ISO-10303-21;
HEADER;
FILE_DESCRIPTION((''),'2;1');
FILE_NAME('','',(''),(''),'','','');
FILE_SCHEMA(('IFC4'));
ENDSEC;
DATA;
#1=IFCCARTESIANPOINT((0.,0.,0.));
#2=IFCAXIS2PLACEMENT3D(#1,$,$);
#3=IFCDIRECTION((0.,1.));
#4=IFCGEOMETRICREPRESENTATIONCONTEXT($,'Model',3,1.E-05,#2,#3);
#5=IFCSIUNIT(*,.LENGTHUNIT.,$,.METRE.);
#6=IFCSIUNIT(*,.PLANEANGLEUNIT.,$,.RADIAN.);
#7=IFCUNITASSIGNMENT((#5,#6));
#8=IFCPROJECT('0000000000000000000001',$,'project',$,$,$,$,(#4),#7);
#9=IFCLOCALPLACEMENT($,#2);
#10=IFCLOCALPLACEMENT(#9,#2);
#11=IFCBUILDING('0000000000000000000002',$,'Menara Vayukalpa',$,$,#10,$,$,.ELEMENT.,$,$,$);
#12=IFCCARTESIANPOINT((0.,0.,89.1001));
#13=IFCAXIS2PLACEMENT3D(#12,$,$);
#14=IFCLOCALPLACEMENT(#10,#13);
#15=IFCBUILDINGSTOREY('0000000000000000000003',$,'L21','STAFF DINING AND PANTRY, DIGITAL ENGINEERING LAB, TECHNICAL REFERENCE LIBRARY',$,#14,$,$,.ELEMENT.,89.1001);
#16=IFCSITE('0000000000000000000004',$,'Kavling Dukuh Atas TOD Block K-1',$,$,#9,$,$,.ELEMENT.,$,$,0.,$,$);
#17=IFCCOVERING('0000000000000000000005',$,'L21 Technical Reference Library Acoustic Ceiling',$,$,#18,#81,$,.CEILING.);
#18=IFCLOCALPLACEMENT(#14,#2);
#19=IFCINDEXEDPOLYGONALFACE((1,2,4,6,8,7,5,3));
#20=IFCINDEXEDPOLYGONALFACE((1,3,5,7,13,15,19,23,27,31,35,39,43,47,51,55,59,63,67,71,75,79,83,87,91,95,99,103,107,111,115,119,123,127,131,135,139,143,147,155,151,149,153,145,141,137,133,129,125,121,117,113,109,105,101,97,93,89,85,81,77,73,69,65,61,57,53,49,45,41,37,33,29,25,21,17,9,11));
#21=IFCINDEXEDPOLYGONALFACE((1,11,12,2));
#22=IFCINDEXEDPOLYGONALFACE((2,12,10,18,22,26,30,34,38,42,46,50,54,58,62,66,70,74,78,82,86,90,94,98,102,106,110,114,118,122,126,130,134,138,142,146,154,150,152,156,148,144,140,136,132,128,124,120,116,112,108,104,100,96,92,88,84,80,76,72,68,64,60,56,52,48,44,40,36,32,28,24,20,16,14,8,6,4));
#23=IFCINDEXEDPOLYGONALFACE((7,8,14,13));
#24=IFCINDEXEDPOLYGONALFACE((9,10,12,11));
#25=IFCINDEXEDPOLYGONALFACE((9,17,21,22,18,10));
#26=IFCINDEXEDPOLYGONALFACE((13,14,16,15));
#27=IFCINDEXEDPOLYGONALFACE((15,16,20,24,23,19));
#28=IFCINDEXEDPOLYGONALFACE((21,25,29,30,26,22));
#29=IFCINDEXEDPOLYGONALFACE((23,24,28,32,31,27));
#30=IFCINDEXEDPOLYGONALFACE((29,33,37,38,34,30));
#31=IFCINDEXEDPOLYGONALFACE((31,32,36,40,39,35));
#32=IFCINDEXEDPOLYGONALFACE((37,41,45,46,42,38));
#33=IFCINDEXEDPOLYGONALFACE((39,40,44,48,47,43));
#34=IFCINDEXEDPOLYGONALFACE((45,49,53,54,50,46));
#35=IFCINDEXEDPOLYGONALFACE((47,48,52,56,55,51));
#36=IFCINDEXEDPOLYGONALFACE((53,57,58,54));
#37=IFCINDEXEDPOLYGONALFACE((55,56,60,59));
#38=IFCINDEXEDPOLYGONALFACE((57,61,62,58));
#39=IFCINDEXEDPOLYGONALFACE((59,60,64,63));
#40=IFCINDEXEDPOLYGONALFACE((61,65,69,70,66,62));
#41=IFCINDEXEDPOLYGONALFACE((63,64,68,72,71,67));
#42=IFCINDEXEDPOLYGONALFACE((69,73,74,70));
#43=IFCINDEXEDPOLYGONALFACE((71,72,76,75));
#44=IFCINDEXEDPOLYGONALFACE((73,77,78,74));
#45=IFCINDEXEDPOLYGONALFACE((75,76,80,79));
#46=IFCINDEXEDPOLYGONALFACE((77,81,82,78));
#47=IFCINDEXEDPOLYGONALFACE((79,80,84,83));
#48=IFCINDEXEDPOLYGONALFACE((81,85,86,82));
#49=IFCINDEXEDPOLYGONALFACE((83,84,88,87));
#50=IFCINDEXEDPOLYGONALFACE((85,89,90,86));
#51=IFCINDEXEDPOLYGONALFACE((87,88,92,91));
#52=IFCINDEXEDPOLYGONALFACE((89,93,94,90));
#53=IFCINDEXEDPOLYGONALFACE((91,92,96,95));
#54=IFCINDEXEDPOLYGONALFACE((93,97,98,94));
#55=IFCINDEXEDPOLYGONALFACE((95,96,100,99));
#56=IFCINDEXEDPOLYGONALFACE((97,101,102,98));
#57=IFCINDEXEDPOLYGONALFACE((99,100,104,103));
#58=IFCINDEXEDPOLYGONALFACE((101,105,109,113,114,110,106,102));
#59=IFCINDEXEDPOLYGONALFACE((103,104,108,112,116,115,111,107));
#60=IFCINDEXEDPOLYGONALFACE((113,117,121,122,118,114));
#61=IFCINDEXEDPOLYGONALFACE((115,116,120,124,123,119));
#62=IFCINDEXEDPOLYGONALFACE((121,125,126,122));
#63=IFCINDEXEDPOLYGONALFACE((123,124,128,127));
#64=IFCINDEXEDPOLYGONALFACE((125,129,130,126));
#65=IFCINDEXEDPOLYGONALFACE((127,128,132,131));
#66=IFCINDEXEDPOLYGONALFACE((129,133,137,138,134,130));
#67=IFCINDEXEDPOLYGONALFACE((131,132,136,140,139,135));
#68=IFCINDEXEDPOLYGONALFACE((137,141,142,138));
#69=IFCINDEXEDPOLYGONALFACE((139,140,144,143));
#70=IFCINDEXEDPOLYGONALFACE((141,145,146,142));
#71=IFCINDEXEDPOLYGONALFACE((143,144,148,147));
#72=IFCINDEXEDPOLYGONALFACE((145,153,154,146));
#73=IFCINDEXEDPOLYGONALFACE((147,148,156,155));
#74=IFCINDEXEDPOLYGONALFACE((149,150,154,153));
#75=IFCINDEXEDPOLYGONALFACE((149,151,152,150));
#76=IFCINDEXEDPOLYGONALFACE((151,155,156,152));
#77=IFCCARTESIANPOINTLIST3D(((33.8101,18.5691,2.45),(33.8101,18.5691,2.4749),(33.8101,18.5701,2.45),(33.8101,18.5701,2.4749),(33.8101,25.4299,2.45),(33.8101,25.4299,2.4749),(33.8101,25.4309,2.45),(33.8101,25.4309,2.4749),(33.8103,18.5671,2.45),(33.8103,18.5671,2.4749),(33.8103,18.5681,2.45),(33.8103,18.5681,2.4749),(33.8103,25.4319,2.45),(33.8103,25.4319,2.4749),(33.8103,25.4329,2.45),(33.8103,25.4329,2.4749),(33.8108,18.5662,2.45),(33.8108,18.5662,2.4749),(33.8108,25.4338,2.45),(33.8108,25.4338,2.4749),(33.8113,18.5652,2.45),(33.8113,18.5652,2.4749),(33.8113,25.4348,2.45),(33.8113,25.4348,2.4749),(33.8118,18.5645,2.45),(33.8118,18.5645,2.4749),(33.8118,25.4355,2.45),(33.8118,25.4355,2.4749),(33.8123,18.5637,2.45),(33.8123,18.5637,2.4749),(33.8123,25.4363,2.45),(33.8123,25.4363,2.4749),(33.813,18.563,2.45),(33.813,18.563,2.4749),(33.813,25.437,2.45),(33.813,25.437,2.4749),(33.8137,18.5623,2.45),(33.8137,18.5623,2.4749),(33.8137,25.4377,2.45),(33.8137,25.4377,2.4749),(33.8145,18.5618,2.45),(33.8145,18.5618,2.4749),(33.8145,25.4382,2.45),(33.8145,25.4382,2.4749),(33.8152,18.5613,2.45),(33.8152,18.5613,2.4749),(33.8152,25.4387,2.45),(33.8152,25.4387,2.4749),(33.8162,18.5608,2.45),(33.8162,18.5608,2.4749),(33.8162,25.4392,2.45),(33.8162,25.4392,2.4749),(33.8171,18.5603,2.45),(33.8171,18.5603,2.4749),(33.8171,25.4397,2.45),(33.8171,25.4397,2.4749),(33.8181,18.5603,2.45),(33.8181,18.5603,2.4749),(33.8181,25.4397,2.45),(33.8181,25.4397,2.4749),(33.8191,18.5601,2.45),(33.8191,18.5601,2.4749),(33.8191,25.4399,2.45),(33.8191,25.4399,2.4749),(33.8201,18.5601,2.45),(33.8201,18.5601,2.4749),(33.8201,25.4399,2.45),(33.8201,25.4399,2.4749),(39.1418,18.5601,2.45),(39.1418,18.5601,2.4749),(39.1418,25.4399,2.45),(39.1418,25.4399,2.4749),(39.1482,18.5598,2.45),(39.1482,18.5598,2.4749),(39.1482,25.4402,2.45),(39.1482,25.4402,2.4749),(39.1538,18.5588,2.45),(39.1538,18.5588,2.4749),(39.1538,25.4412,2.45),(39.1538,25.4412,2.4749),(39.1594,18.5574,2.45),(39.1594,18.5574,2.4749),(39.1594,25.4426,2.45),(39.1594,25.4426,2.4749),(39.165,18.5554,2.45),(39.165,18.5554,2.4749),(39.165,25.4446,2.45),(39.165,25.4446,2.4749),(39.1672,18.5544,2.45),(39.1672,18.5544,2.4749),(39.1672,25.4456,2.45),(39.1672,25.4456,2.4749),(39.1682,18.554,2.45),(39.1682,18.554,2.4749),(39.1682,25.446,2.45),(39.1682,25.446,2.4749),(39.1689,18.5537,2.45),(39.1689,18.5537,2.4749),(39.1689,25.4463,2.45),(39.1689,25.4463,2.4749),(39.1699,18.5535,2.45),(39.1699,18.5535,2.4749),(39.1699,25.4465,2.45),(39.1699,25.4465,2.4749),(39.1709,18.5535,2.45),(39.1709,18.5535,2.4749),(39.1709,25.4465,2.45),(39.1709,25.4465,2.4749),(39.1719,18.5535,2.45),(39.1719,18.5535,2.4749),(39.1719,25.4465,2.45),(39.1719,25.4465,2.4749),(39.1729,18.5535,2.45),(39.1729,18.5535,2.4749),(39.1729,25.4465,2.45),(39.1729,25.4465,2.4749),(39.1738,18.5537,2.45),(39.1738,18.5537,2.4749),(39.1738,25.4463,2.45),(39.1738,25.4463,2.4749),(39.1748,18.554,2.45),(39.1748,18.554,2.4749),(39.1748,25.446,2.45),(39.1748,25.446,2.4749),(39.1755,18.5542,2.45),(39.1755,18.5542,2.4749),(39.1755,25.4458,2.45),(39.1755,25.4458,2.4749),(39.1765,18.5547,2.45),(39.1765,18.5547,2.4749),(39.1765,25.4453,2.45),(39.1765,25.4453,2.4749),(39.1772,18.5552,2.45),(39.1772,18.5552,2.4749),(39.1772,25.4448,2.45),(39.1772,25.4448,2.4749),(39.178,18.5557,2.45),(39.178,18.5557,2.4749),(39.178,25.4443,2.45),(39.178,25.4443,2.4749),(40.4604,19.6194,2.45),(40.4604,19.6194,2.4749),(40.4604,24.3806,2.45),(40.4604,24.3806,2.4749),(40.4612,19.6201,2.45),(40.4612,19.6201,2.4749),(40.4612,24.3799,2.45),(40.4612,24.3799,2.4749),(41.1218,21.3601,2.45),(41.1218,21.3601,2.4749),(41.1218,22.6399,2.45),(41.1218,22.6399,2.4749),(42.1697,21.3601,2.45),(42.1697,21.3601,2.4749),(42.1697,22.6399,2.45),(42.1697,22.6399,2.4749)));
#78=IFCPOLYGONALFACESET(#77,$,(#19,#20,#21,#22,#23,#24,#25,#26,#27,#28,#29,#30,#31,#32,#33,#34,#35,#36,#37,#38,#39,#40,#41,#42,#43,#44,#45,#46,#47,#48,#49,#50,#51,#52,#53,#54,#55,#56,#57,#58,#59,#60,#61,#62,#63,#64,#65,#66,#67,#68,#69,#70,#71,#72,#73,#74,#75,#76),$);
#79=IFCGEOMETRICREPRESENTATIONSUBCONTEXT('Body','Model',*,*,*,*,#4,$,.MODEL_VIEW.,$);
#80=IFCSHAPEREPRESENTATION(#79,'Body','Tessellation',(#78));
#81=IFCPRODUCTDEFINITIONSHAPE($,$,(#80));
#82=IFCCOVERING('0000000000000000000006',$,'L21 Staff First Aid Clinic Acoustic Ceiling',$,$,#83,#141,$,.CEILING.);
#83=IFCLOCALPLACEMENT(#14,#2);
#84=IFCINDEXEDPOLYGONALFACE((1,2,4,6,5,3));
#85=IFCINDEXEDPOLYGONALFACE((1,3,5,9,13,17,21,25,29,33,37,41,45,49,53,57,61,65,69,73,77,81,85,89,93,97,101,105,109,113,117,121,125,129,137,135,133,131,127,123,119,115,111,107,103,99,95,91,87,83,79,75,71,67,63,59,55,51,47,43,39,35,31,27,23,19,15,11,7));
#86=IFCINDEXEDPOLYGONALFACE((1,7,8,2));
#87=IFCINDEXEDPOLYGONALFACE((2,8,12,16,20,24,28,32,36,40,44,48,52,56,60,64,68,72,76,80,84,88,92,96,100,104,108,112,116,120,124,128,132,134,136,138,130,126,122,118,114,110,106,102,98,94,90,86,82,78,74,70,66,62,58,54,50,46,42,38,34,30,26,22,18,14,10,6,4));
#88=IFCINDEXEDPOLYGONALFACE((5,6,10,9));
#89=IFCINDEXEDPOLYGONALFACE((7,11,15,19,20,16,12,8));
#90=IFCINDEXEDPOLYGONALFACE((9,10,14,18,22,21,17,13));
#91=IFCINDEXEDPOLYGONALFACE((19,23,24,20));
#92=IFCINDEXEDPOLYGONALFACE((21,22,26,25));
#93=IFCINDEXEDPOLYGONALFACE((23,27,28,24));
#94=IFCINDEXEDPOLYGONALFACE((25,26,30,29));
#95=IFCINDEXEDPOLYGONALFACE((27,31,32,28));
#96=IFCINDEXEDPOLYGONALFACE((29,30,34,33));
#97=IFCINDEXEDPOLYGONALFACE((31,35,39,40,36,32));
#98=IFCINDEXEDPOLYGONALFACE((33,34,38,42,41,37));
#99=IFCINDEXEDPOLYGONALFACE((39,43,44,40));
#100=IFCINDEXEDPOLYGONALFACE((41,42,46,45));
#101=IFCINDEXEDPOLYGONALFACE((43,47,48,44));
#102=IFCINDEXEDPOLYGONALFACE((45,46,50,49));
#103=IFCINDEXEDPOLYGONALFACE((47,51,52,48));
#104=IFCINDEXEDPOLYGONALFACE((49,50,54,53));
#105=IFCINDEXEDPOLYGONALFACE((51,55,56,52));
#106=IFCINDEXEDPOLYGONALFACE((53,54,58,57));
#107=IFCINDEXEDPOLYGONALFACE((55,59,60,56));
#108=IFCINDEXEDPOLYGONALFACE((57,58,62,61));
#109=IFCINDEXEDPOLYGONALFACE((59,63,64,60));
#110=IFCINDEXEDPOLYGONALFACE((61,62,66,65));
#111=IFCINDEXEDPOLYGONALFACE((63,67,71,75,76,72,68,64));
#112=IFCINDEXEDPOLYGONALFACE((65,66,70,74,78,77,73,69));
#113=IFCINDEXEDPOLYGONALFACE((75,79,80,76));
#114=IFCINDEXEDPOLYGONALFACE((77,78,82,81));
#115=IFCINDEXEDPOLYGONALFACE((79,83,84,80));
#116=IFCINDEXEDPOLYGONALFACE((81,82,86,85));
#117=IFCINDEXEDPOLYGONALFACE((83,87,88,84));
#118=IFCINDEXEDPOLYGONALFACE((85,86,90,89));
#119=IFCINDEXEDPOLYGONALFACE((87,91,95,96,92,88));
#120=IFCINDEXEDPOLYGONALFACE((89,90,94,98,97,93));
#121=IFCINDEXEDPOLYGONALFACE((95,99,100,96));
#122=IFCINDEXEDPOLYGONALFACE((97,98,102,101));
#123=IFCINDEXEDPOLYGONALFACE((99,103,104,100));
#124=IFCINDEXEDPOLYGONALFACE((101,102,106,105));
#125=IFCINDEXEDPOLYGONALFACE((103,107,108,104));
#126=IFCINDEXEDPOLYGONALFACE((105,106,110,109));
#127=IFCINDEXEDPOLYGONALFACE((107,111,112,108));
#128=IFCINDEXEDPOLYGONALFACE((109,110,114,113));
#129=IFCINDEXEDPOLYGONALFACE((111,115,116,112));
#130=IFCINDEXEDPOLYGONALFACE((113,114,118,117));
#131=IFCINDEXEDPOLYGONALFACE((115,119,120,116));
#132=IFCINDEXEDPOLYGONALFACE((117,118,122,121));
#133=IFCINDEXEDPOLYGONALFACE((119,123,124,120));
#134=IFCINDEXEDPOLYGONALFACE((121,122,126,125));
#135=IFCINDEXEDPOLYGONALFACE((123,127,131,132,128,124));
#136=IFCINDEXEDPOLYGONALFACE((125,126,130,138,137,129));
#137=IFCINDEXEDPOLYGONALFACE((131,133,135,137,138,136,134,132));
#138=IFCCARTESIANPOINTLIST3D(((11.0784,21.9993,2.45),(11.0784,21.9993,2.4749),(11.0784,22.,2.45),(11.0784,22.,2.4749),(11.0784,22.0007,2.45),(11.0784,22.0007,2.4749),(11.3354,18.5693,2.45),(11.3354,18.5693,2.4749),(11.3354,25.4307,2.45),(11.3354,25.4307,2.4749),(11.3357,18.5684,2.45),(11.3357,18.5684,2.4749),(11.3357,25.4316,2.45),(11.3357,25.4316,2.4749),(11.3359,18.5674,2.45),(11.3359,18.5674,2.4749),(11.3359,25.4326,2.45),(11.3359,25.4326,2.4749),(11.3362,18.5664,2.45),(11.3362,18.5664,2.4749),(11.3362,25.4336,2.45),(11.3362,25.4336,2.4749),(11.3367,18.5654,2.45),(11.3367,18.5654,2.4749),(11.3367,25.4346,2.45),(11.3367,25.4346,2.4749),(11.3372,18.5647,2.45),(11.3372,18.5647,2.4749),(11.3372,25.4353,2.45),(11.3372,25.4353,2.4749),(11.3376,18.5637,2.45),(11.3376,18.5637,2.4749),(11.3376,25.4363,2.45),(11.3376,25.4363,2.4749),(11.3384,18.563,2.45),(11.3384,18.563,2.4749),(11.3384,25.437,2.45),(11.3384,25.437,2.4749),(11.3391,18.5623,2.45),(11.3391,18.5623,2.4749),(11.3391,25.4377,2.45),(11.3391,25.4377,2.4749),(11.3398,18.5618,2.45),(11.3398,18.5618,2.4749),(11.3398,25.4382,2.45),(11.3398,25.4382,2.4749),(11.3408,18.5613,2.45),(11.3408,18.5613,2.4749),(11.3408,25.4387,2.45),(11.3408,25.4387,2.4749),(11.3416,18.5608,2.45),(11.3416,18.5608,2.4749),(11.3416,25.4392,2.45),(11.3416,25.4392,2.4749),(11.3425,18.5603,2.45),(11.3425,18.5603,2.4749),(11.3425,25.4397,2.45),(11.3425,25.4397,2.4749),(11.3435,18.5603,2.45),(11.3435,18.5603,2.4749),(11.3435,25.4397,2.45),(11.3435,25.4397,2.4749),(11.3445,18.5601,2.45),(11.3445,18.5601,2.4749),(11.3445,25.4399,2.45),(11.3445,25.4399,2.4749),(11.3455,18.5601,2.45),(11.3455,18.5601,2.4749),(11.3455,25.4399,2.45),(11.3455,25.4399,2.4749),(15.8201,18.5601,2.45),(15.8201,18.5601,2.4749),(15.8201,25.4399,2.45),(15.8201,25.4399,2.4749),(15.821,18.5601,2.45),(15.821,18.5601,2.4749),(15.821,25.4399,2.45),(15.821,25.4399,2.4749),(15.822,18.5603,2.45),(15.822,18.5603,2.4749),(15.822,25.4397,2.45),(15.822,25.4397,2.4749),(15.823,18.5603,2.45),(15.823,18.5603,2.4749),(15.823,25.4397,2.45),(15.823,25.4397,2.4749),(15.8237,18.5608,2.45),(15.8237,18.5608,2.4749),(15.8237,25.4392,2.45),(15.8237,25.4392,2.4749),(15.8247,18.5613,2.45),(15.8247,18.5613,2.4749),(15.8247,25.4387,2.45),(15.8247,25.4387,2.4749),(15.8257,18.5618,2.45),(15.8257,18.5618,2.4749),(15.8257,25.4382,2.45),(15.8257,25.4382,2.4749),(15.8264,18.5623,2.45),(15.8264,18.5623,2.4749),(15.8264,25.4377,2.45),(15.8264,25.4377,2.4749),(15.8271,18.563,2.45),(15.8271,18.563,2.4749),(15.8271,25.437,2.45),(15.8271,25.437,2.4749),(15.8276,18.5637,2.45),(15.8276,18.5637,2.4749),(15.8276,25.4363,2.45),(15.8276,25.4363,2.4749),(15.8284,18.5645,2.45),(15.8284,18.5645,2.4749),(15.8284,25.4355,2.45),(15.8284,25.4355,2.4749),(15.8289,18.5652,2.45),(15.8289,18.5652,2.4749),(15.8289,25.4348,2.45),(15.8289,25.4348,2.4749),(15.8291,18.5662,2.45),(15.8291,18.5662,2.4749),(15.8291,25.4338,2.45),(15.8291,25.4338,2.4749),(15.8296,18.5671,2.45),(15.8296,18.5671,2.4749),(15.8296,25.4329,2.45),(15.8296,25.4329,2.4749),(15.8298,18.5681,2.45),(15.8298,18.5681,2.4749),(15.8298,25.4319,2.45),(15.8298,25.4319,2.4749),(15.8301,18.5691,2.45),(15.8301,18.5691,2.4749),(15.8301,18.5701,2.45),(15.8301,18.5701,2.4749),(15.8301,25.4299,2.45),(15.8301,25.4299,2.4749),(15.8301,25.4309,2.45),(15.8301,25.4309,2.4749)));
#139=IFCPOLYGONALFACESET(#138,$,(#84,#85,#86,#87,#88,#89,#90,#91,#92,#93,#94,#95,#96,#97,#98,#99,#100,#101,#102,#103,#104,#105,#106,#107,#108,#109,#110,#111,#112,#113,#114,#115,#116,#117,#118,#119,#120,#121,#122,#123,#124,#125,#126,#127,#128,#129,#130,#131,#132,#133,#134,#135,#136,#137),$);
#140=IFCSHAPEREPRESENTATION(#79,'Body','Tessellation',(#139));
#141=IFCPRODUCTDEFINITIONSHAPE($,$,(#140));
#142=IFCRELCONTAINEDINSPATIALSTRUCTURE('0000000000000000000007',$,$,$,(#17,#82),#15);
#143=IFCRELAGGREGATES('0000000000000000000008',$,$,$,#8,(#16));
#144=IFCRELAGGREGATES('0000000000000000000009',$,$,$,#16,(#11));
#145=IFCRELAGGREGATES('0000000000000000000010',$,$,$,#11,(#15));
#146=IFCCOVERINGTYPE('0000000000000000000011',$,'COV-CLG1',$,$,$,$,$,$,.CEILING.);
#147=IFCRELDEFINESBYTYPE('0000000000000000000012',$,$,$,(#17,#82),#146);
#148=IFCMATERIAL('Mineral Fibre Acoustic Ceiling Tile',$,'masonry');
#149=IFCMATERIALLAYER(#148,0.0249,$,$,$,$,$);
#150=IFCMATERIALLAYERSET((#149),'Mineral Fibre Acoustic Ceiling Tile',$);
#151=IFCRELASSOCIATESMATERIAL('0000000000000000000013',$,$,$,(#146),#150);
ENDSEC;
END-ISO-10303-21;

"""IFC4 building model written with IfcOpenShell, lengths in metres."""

from ifc_helpers import new_model, si_unit, direction, frame, origin, place, context, subcontext, project, spatial, polyline, outline, extrude, material, layer, layer_set, type_object, element, save


model = new_model("IFC4")

# Units and contexts
model_context = context("Model", 3, precision=1e-05, world=origin(), true_north=direction((0.0, 1.0)))
body_context = subcontext(model_context, "Body", "Model", "MODEL_VIEW")
ifc_project = project(units=[si_unit("LENGTHUNIT", "METRE"), si_unit("PLANEANGLEUNIT", "RADIAN")], contexts=[model_context])

# Site, building, storey
site_placement = place(None, origin())
site = spatial("IfcSite", under=ifc_project, at=site_placement, Name="Kavling Dukuh Atas TOD Block K-1", CompositionType="ELEMENT", RefElevation=0.0)
building_placement = place(site_placement, origin())
building = spatial("IfcBuilding", under=site, at=building_placement, Name="Menara Vayukalpa", CompositionType="ELEMENT")
storey_placement = place(building_placement, frame((0.0, 0.0, 89.1001)))
storey = spatial("IfcBuildingStorey", under=building, at=storey_placement, Name="L21", Description="STAFF DINING AND PANTRY, DIGITAL ENGINEERING LAB, TECHNICAL REFERENCE LIBRARY", CompositionType="ELEMENT", Elevation=89.1001)

# Coverings
ifc_material_1 = material(Name="Mineral Fibre Acoustic Ceiling Tile", Category="masonry")
ifc_layer_1 = layer(ifc_material_1, 0.0249)
ifc_layer_set_1 = layer_set([ifc_layer_1], Name="Mineral Fibre Acoustic Ceiling Tile")
covering_type_1 = type_object("IfcCoveringType", Name="COV-CLG1", PredefinedType="CEILING", material=ifc_layer_set_1)
covering_1_placement = place(storey_placement, frame((0.0, 0.0, 2.45)))
element("IfcCovering", 1, at=covering_1_placement, inside=storey, type_object=covering_type_1, Name="L21 Technical Reference Library Acoustic Ceiling", PredefinedType="CEILING", context=body_context, shape_type="SweptSolid", body=[
    extrude(outline(polyline([(42.1697, 22.6399), (41.1218, 22.6399), (41.1218, 21.3601), (42.1697, 21.3601), (40.4612, 19.6201), (40.4604, 19.6194), (39.178, 18.5557), (39.1772, 18.5552), (39.1765, 18.5547), (39.1755, 18.5542), (39.1748, 18.554), (39.1738, 18.5537), (39.1729, 18.5535), (39.1719, 18.5535), (39.1709, 18.5535), (39.1699, 18.5535), (39.1689, 18.5537), (39.1682, 18.554), (39.1672, 18.5544), (39.165, 18.5554), (39.1594, 18.5574), (39.1538, 18.5588), (39.1482, 18.5598), (39.1418, 18.5601), (33.8201, 18.5601), (33.8191, 18.5601), (33.8181, 18.5603), (33.8171, 18.5603), (33.8162, 18.5608), (33.8152, 18.5613), (33.8145, 18.5618), (33.8137, 18.5623), (33.813, 18.563), (33.8123, 18.5637), (33.8118, 18.5645), (33.8113, 18.5652), (33.8108, 18.5662), (33.8103, 18.5671), (33.8103, 18.5681), (33.8101, 18.5691), (33.8101, 18.5701), (33.8101, 25.4299), (33.8101, 25.4309), (33.8103, 25.4319), (33.8103, 25.4329), (33.8108, 25.4338), (33.8113, 25.4348), (33.8118, 25.4355), (33.8123, 25.4363), (33.813, 25.437), (33.8137, 25.4377), (33.8145, 25.4382), (33.8152, 25.4387), (33.8162, 25.4392), (33.8171, 25.4397), (33.8181, 25.4397), (33.8191, 25.4399), (33.8201, 25.4399), (39.1418, 25.4399), (39.1482, 25.4402), (39.1538, 25.4412), (39.1594, 25.4426), (39.165, 25.4446), (39.1672, 25.4456), (39.1682, 25.446), (39.1689, 25.4463), (39.1699, 25.4465), (39.1709, 25.4465), (39.1719, 25.4465), (39.1729, 25.4465), (39.1738, 25.4463), (39.1748, 25.446), (39.1755, 25.4458), (39.1765, 25.4453), (39.1772, 25.4448), (39.178, 25.4443), (40.4604, 24.3806), (40.4612, 24.3799), (42.1697, 22.6399)])), origin(), (0.0, 0.0, 1.0), 0.0249),
])
covering_2_placement = place(storey_placement, frame((0.0, 0.0, 2.45)))
element("IfcCovering", 2, at=covering_2_placement, inside=storey, type_object=covering_type_1, Name="L21 Staff First Aid Clinic Acoustic Ceiling", PredefinedType="CEILING", context=body_context, shape_type="SweptSolid", body=[
    extrude(outline(polyline([(11.0784, 22.0), (11.0784, 22.0007), (11.3354, 25.4307), (11.3357, 25.4316), (11.3359, 25.4326), (11.3362, 25.4336), (11.3367, 25.4346), (11.3372, 25.4353), (11.3376, 25.4363), (11.3384, 25.437), (11.3391, 25.4377), (11.3398, 25.4382), (11.3408, 25.4387), (11.3416, 25.4392), (11.3425, 25.4397), (11.3435, 25.4397), (11.3445, 25.4399), (11.3455, 25.4399), (15.8201, 25.4399), (15.821, 25.4399), (15.822, 25.4397), (15.823, 25.4397), (15.8237, 25.4392), (15.8247, 25.4387), (15.8257, 25.4382), (15.8264, 25.4377), (15.8271, 25.437), (15.8276, 25.4363), (15.8284, 25.4355), (15.8289, 25.4348), (15.8291, 25.4338), (15.8296, 25.4329), (15.8298, 25.4319), (15.8301, 25.4309), (15.8301, 25.4299), (15.8301, 18.5701), (15.8301, 18.5691), (15.8298, 18.5681), (15.8296, 18.5671), (15.8291, 18.5662), (15.8289, 18.5652), (15.8284, 18.5645), (15.8276, 18.5637), (15.8271, 18.563), (15.8264, 18.5623), (15.8257, 18.5618), (15.8247, 18.5613), (15.8237, 18.5608), (15.823, 18.5603), (15.822, 18.5603), (15.821, 18.5601), (15.8201, 18.5601), (11.3455, 18.5601), (11.3445, 18.5601), (11.3435, 18.5603), (11.3425, 18.5603), (11.3416, 18.5608), (11.3408, 18.5613), (11.3398, 18.5618), (11.3391, 18.5623), (11.3384, 18.563), (11.3376, 18.5637), (11.3372, 18.5647), (11.3367, 18.5654), (11.3362, 18.5664), (11.3359, 18.5674), (11.3357, 18.5684), (11.3354, 18.5693), (11.0784, 21.9993), (11.0784, 22.0)])), origin(), (0.0, 0.0, 1.0), 0.0249),
])

save(model, "model.ifc")
